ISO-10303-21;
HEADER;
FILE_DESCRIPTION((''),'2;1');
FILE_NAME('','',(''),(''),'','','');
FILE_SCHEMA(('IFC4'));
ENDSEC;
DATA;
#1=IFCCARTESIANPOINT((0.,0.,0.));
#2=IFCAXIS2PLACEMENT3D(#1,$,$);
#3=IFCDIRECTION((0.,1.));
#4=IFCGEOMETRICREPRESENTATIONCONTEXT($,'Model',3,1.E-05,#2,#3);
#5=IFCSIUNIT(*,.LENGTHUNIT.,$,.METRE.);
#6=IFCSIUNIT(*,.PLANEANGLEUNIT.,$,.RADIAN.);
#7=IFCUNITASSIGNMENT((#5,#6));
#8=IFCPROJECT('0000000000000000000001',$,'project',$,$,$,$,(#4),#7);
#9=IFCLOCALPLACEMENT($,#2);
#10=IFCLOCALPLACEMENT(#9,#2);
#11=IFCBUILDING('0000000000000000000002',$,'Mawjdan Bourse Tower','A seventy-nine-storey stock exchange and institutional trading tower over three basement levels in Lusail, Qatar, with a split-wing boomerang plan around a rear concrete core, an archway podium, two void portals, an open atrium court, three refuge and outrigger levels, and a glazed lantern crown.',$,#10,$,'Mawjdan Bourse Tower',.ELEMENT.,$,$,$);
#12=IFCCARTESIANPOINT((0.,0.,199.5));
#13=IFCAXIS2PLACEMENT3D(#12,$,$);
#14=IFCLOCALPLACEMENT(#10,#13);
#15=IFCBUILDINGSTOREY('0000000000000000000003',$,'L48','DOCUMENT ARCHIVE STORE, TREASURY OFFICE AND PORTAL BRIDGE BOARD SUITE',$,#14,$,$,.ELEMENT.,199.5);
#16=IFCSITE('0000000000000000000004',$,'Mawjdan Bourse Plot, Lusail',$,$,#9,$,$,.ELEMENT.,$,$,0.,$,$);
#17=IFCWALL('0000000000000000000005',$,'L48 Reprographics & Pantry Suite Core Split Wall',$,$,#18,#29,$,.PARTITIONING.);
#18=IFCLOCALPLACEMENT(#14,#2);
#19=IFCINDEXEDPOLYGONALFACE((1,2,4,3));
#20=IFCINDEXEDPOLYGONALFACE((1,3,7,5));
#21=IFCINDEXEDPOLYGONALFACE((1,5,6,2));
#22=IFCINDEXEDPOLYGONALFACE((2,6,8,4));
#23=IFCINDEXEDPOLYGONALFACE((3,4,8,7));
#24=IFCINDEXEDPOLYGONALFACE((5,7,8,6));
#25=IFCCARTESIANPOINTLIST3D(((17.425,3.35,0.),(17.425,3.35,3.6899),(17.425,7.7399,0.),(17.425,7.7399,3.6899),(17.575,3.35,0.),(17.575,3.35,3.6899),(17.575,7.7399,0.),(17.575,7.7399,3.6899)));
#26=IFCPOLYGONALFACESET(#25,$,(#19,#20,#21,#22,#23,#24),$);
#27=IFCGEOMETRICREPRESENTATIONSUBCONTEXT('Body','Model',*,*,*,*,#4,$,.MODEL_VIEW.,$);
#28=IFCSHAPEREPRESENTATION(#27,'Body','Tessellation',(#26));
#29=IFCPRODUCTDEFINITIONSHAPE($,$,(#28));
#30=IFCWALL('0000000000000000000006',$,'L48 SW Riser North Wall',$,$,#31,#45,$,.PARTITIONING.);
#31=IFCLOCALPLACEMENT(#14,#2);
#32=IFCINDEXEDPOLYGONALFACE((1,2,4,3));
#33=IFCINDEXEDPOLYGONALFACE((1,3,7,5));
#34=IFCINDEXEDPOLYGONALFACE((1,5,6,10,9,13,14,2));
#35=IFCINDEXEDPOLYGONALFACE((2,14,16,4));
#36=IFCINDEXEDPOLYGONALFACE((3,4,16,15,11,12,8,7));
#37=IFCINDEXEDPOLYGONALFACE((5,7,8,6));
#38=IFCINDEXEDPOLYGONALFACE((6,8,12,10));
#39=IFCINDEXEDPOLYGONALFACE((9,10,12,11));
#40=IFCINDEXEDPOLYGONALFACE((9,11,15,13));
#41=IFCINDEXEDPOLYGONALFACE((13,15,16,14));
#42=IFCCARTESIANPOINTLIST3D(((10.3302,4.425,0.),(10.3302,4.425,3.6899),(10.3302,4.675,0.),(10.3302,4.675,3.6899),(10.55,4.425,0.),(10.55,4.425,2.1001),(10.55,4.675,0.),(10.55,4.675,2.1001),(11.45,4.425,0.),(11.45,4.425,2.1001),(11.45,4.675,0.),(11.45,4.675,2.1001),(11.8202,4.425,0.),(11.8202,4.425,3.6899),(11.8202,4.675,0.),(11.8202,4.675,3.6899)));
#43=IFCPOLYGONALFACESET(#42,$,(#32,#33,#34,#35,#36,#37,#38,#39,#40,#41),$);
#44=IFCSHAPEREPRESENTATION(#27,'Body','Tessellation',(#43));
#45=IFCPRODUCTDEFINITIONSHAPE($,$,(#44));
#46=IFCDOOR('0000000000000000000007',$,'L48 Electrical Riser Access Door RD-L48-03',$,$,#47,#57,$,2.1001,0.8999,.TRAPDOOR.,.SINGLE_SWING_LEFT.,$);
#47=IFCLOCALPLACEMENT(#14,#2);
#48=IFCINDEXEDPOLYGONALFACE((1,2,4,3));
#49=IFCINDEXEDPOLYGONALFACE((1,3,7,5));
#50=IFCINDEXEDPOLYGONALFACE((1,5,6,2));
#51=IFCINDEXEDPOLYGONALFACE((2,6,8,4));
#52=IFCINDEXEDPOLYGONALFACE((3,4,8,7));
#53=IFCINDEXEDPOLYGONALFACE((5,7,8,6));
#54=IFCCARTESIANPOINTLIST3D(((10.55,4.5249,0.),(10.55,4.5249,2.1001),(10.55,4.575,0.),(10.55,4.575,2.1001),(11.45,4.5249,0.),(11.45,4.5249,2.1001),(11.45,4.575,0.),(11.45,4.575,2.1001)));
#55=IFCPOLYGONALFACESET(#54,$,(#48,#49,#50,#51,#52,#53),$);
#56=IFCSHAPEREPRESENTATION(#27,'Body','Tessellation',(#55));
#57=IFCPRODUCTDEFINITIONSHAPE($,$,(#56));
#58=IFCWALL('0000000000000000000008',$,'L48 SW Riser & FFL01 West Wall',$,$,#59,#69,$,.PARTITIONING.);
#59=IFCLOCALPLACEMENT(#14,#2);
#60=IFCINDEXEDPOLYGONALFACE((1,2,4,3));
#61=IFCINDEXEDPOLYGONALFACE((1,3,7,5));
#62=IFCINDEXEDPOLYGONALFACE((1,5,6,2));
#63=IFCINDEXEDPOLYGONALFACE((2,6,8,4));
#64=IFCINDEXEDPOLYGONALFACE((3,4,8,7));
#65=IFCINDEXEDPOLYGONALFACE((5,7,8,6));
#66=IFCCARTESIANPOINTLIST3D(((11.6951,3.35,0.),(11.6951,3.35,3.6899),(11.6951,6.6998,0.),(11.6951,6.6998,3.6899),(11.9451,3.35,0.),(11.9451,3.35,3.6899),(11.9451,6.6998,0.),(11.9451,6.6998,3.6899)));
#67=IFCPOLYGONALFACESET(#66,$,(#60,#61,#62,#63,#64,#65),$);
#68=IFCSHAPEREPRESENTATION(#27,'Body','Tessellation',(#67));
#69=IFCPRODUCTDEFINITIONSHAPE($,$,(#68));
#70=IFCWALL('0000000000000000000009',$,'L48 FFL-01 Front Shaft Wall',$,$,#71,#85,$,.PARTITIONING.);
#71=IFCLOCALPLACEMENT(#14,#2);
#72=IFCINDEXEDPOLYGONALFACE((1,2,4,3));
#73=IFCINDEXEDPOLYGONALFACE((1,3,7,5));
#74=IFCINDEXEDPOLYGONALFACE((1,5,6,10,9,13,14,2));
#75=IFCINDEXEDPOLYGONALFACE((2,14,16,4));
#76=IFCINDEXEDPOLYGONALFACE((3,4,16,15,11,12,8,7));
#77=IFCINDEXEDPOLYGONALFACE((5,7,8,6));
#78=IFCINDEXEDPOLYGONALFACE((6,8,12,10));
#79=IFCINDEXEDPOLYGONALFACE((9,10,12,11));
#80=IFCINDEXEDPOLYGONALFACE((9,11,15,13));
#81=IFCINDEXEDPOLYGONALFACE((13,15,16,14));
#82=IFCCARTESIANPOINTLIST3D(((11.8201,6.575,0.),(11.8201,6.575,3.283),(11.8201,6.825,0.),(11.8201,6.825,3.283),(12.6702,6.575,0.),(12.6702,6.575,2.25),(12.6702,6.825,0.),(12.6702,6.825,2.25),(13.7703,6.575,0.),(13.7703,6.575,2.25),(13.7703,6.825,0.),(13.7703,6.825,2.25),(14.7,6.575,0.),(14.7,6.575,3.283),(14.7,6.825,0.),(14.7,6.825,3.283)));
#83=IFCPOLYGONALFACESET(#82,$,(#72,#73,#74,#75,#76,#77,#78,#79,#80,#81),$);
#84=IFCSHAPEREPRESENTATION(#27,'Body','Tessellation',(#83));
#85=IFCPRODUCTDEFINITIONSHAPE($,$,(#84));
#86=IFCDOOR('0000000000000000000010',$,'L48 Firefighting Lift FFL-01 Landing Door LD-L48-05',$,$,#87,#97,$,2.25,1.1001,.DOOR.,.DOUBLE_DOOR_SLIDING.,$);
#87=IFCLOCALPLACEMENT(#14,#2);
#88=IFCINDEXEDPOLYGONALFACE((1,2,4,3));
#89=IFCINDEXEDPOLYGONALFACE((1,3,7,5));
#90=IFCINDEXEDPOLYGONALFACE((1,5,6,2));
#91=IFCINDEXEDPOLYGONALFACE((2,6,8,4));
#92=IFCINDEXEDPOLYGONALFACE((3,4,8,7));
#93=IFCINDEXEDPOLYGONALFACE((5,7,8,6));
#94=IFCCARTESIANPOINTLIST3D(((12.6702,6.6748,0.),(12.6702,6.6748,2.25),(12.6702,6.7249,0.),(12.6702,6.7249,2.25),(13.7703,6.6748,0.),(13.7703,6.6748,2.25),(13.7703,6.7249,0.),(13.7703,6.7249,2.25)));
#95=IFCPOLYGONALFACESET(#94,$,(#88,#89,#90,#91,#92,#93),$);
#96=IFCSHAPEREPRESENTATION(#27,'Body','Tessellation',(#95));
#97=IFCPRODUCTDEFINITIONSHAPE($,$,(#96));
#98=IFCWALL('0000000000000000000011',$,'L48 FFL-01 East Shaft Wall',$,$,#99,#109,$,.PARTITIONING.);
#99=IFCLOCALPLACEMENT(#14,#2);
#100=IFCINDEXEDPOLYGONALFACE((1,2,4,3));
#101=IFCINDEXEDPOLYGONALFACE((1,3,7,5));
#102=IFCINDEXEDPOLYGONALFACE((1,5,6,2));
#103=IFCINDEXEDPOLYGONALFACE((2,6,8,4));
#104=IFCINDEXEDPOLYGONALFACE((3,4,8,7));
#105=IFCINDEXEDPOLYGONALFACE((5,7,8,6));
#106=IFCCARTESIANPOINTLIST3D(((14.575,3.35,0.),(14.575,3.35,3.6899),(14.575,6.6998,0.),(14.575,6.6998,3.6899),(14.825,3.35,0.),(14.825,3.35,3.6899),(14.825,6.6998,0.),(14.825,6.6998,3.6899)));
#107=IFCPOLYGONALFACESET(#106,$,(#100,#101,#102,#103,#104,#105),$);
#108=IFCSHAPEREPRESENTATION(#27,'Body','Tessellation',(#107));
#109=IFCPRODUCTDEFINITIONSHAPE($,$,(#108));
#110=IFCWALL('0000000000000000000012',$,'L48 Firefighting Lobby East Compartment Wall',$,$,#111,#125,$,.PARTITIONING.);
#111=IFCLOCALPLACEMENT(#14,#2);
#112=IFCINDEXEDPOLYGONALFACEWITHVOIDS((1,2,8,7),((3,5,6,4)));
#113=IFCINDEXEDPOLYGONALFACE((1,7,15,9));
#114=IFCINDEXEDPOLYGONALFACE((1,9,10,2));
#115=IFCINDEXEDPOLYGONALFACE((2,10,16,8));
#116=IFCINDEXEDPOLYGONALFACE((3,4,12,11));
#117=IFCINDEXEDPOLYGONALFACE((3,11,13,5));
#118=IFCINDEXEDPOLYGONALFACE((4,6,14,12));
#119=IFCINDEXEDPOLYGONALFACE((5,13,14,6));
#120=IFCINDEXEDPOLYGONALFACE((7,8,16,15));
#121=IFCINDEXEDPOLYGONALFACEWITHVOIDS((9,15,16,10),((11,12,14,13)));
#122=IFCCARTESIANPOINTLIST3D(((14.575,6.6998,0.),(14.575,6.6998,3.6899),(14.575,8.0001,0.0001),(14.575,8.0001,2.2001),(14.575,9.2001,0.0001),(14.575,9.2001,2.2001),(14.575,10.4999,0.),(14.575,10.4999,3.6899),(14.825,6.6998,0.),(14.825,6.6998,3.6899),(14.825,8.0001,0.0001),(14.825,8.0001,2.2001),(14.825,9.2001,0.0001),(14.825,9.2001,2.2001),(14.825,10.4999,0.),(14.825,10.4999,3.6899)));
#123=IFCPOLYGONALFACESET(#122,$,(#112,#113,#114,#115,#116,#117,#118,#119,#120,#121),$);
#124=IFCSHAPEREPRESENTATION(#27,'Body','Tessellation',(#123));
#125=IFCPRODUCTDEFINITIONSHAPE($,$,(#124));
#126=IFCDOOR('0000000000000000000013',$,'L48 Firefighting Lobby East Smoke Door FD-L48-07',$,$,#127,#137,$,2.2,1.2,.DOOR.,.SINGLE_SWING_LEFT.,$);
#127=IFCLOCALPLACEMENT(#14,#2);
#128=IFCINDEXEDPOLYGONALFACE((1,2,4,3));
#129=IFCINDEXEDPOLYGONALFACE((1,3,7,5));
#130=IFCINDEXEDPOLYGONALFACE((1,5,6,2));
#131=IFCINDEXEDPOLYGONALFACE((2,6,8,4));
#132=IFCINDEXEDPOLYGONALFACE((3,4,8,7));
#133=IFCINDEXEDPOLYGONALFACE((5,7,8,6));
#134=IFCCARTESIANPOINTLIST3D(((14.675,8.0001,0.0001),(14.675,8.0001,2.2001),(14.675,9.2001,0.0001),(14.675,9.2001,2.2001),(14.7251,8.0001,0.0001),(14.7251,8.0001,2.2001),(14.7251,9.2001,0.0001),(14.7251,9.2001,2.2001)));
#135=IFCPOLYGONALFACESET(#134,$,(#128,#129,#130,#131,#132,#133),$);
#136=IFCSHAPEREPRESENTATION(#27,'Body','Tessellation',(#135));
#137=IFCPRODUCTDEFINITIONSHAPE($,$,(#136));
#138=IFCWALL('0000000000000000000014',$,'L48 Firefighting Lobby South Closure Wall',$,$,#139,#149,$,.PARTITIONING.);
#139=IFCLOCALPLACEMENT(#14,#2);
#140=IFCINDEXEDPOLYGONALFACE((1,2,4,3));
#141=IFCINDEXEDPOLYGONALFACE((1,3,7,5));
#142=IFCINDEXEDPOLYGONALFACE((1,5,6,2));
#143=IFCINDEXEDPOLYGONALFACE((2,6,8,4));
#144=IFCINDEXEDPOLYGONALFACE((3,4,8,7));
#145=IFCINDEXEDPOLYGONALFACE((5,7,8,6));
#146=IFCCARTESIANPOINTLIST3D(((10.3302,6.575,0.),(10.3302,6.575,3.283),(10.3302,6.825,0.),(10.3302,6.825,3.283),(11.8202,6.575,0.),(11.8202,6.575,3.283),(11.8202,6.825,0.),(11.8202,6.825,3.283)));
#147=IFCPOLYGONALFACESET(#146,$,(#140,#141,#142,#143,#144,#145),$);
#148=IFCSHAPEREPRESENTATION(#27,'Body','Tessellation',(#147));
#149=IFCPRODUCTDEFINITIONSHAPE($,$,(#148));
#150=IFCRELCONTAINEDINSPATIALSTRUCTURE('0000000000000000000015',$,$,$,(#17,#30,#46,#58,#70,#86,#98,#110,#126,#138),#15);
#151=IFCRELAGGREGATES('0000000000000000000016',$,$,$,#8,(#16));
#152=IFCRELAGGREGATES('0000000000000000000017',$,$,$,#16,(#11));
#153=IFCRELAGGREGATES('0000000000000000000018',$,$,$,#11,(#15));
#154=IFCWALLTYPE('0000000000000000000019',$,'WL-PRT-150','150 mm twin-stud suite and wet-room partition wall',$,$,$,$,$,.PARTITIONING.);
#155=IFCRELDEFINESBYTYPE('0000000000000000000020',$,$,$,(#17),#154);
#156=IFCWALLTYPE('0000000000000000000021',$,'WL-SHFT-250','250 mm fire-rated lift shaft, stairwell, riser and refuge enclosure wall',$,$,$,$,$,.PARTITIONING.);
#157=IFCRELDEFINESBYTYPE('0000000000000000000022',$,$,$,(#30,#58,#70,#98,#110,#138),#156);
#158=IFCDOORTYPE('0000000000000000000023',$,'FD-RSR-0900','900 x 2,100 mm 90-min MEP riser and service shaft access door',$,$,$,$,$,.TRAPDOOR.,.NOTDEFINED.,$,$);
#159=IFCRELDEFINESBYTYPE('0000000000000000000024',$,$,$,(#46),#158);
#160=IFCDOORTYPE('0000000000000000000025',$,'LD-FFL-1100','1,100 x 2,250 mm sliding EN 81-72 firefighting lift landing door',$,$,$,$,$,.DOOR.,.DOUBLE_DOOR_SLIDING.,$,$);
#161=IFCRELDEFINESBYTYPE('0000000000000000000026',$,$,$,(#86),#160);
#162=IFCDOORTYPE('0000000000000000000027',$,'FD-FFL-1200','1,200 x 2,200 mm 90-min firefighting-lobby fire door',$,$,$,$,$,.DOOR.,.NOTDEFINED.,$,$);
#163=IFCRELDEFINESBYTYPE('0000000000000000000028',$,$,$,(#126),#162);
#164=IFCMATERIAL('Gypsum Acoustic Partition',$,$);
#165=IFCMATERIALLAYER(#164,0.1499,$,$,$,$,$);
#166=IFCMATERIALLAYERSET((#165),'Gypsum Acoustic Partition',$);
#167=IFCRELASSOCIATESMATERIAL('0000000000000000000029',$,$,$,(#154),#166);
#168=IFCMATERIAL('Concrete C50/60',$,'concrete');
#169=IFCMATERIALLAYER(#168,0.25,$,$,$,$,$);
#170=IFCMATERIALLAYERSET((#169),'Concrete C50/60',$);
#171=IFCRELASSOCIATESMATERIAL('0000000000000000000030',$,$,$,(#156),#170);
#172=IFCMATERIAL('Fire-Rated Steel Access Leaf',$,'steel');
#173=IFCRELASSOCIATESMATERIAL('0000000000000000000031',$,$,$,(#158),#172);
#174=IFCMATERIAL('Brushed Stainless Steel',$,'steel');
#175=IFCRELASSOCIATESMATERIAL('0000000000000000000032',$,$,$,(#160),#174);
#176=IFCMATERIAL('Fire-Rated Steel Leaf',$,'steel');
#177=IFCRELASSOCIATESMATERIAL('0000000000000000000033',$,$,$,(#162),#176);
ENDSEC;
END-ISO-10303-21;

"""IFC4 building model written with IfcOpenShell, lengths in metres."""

from ifc_helpers import new_model, si_unit, direction, frame, frame_2d, origin, place, context, subcontext, project, spatial, rectangle, extrude, material, layer, layer_set, type_object, element, fill, save


model = new_model("IFC4")

# Units and contexts
model_context = context("Model", 3, precision=1e-05, world=origin(), true_north=direction((0.0, 1.0)))
body_context = subcontext(model_context, "Body", "Model", "MODEL_VIEW")
ifc_project = project(units=[si_unit("LENGTHUNIT", "METRE"), si_unit("PLANEANGLEUNIT", "RADIAN")], contexts=[model_context])

# Site, building, storey
site_placement = place(None, origin())
site = spatial("IfcSite", under=ifc_project, at=site_placement, Name="Mawjdan Bourse Plot, Lusail", CompositionType="ELEMENT", RefElevation=0.0)
building_placement = place(site_placement, origin())
building = spatial("IfcBuilding", under=site, at=building_placement, Name="Mawjdan Bourse Tower", Description="A seventy-nine-storey stock exchange and institutional trading tower over three basement levels in Lusail, Qatar, with a split-wing boomerang plan around a rear concrete core, an archway podium, two void portals, an open atrium court, three refuge and outrigger levels, and a glazed lantern crown.", LongName="Mawjdan Bourse Tower", CompositionType="ELEMENT")
storey_placement = place(building_placement, frame((0.0, 0.0, 199.5)))
storey = spatial("IfcBuildingStorey", under=building, at=storey_placement, Name="L48", Description="DOCUMENT ARCHIVE STORE, TREASURY OFFICE AND PORTAL BRIDGE BOARD SUITE", CompositionType="ELEMENT", Elevation=199.5)

# Wall
ifc_material_1 = material(Name="Gypsum Acoustic Partition")
ifc_layer_1 = layer(ifc_material_1, 0.1499)
ifc_layer_set_1 = layer_set([ifc_layer_1], Name="Gypsum Acoustic Partition")
wall_type_1 = type_object("IfcWallType", Name="WL-PRT-150", Description="150 mm twin-stud suite and wet-room partition wall", PredefinedType="PARTITIONING", material=ifc_layer_set_1)
wall_1_placement = place(storey_placement, frame((17.5, 3.3501, 0.0), z_axis=(0.0, 0.0, 1.0), x_axis=(0.0, 1.0, 0.0)))
element("IfcWall", 1, at=wall_1_placement, inside=storey, type_object=wall_type_1, Name="L48 Reprographics & Pantry Suite Core Split Wall", PredefinedType="PARTITIONING", context=body_context, shape_type="SweptSolid", body=[
    extrude(rectangle(XDim=4.3899, YDim=0.1499, at=frame_2d((2.1948, 0.0))), origin(), (0.0, 0.0, 1.0), 3.6899),
])

# Wall, opening, door
ifc_material_2 = material(Name="Concrete C50/60", Category="concrete")
ifc_layer_2 = layer(ifc_material_2, 0.25)
ifc_layer_set_2 = layer_set([ifc_layer_2], Name="Concrete C50/60")
wall_type_2 = type_object("IfcWallType", Name="WL-SHFT-250", Description="250 mm fire-rated lift shaft, stairwell, riser and refuge enclosure wall", PredefinedType="PARTITIONING", material=ifc_layer_set_2)
wall_2_placement = place(storey_placement, frame((10.3301, 4.55, 0.0), z_axis=(0.0, 0.0, 1.0), x_axis=(1.0, 0.0, 0.0)))
wall_2 = element("IfcWall", 2, at=wall_2_placement, inside=storey, type_object=wall_type_2, Name="L48 SW Riser North Wall", PredefinedType="PARTITIONING", context=body_context, shape_type="SweptSolid", body=[
    extrude(rectangle(XDim=1.49, YDim=0.25, at=frame_2d((0.7451, 0.0))), origin(), (0.0, 0.0, 1.0), 3.6899),
])
opening_1_placement = place(wall_2_placement, frame((0.22, 0.0, 0.0)))
opening_1 = element("IfcOpeningElement", 3, at=opening_1_placement, cuts=wall_2, PredefinedType="OPENING", context=body_context, shape_type="SweptSolid", body=[
    extrude(rectangle(XDim=0.8999, YDim=2.1001, at=frame_2d((0.45, 1.05))), frame((0.0, 0.135, 0.0), z_axis=(0.0, -1.0, 0.0), x_axis=(1.0, 0.0, 0.0)), (0.0, 0.0, 1.0), 0.27),
])
ifc_material_3 = material(Name="Fire-Rated Steel Access Leaf", Category="steel")
door_type_1 = type_object("IfcDoorType", Name="FD-RSR-0900", Description="900 x 2,100 mm 90-min MEP riser and service shaft access door", OperationType="NOTDEFINED", PredefinedType="TRAPDOOR", material=ifc_material_3)
door_1_placement = place(opening_1_placement, origin())
door_1 = element("IfcDoor", 4, at=door_1_placement, inside=storey, type_object=door_type_1, Name="L48 Electrical Riser Access Door RD-L48-03", OperationType="SINGLE_SWING_LEFT", OverallHeight=2.1001, OverallWidth=0.8999, PredefinedType="TRAPDOOR", context=body_context, shape_type="SweptSolid", body=[
    extrude(rectangle(XDim=0.8999, YDim=2.1001, at=frame_2d((0.45, 1.05))), frame((0.0, 0.0249, 0.0), z_axis=(0.0, -1.0, 0.0), x_axis=(1.0, 0.0, 0.0)), (0.0, 0.0, 1.0), 0.05),
])
fill(opening_1, door_1)

# Wall
wall_3_placement = place(storey_placement, frame((11.8201, 3.3501, 0.0), z_axis=(0.0, 0.0, 1.0), x_axis=(0.0, 1.0, 0.0)))
element("IfcWall", 5, at=wall_3_placement, inside=storey, type_object=wall_type_2, Name="L48 SW Riser & FFL01 West Wall", PredefinedType="PARTITIONING", context=body_context, shape_type="SweptSolid", body=[
    extrude(rectangle(XDim=3.3499, YDim=0.25, at=frame_2d((1.6748, 0.0))), origin(), (0.0, 0.0, 1.0), 3.6899),
])

# Wall, opening, door
wall_4_placement = place(storey_placement, frame((11.8201, 6.7, 0.0), z_axis=(0.0, 0.0, 1.0), x_axis=(1.0, 0.0, 0.0)))
wall_4 = element("IfcWall", 6, at=wall_4_placement, inside=storey, type_object=wall_type_2, Name="L48 FFL-01 Front Shaft Wall", PredefinedType="PARTITIONING", context=body_context, shape_type="SweptSolid", body=[
    extrude(rectangle(XDim=2.8799, YDim=0.25, at=frame_2d((1.4399, 0.0))), origin(), (0.0, 0.0, 1.0), 3.283),
])
opening_2_placement = place(wall_4_placement, frame((0.8501, 0.0, 0.0)))
opening_2 = element("IfcOpeningElement", 7, at=opening_2_placement, cuts=wall_4, PredefinedType="OPENING", context=body_context, shape_type="SweptSolid", body=[
    extrude(rectangle(XDim=1.1001, YDim=2.25, at=frame_2d((0.55, 1.125))), frame((0.0, 0.135, 0.0), z_axis=(0.0, -1.0, 0.0), x_axis=(1.0, 0.0, 0.0)), (0.0, 0.0, 1.0), 0.27),
])
ifc_material_4 = material(Name="Brushed Stainless Steel", Category="steel")
door_type_2 = type_object("IfcDoorType", Name="LD-FFL-1100", Description="1,100 x 2,250 mm sliding EN 81-72 firefighting lift landing door", OperationType="DOUBLE_DOOR_SLIDING", PredefinedType="DOOR", material=ifc_material_4)
door_2_placement = place(opening_2_placement, origin())
door_2 = element("IfcDoor", 8, at=door_2_placement, inside=storey, type_object=door_type_2, Name="L48 Firefighting Lift FFL-01 Landing Door LD-L48-05", OperationType="DOUBLE_DOOR_SLIDING", OverallHeight=2.25, OverallWidth=1.1001, PredefinedType="DOOR", context=body_context, shape_type="SweptSolid", body=[
    extrude(rectangle(XDim=1.1001, YDim=2.25, at=frame_2d((0.55, 1.125))), frame((0.0, 0.0249, 0.0), z_axis=(0.0, -1.0, 0.0), x_axis=(1.0, 0.0, 0.0)), (0.0, 0.0, 1.0), 0.05),
])
fill(opening_2, door_2)

# Wall
wall_5_placement = place(storey_placement, frame((14.7, 3.3501, 0.0), z_axis=(0.0, 0.0, 1.0), x_axis=(0.0, 1.0, 0.0)))
element("IfcWall", 9, at=wall_5_placement, inside=storey, type_object=wall_type_2, Name="L48 FFL-01 East Shaft Wall", PredefinedType="PARTITIONING", context=body_context, shape_type="SweptSolid", body=[
    extrude(rectangle(XDim=3.3499, YDim=0.25, at=frame_2d((1.6748, 0.0))), origin(), (0.0, 0.0, 1.0), 3.6899),
])

# Wall, opening, door
wall_6_placement = place(storey_placement, frame((14.7, 6.7, 0.0), z_axis=(0.0, 0.0, 1.0), x_axis=(0.0, 1.0, 0.0)))
wall_6 = element("IfcWall", 10, at=wall_6_placement, inside=storey, type_object=wall_type_2, Name="L48 Firefighting Lobby East Compartment Wall", PredefinedType="PARTITIONING", context=body_context, shape_type="SweptSolid", body=[
    extrude(rectangle(XDim=3.8, YDim=0.25, at=frame_2d((1.8999, 0.0))), origin(), (0.0, 0.0, 1.0), 3.6899),
])
opening_3_placement = place(wall_6_placement, frame((1.3, 0.0, 0.0)))
opening_3 = element("IfcOpeningElement", 11, at=opening_3_placement, cuts=wall_6, PredefinedType="OPENING", context=body_context, shape_type="SweptSolid", body=[
    extrude(rectangle(XDim=1.2, YDim=2.2, at=frame_2d((0.6001, 1.1001))), frame((0.0, 0.135, 0.0), z_axis=(0.0, -1.0, 0.0), x_axis=(1.0, 0.0, 0.0)), (0.0, 0.0, 1.0), 0.27),
])
ifc_material_5 = material(Name="Fire-Rated Steel Leaf", Category="steel")
door_type_3 = type_object("IfcDoorType", Name="FD-FFL-1200", Description="1,200 x 2,200 mm 90-min firefighting-lobby fire door", OperationType="NOTDEFINED", PredefinedType="DOOR", material=ifc_material_5)
door_3_placement = place(opening_3_placement, origin())
door_3 = element("IfcDoor", 12, at=door_3_placement, inside=storey, type_object=door_type_3, Name="L48 Firefighting Lobby East Smoke Door FD-L48-07", OperationType="SINGLE_SWING_LEFT", OverallHeight=2.2, OverallWidth=1.2, PredefinedType="DOOR", context=body_context, shape_type="SweptSolid", body=[
    extrude(rectangle(XDim=1.2, YDim=2.2, at=frame_2d((0.6001, 1.1001))), frame((0.0, 0.0249, 0.0), z_axis=(0.0, -1.0, 0.0), x_axis=(1.0, 0.0, 0.0)), (0.0, 0.0, 1.0), 0.05),
])
fill(opening_3, door_3)

# Wall
wall_7_placement = place(storey_placement, frame((10.3301, 6.7, 0.0), z_axis=(0.0, 0.0, 1.0), x_axis=(1.0, 0.0, 0.0)))
element("IfcWall", 13, at=wall_7_placement, inside=storey, type_object=wall_type_2, Name="L48 Firefighting Lobby South Closure Wall", PredefinedType="PARTITIONING", context=body_context, shape_type="SweptSolid", body=[
    extrude(rectangle(XDim=1.49, YDim=0.25, at=frame_2d((0.7451, 0.0))), origin(), (0.0, 0.0, 1.0), 3.283),
])

save(model, "model.ifc")
